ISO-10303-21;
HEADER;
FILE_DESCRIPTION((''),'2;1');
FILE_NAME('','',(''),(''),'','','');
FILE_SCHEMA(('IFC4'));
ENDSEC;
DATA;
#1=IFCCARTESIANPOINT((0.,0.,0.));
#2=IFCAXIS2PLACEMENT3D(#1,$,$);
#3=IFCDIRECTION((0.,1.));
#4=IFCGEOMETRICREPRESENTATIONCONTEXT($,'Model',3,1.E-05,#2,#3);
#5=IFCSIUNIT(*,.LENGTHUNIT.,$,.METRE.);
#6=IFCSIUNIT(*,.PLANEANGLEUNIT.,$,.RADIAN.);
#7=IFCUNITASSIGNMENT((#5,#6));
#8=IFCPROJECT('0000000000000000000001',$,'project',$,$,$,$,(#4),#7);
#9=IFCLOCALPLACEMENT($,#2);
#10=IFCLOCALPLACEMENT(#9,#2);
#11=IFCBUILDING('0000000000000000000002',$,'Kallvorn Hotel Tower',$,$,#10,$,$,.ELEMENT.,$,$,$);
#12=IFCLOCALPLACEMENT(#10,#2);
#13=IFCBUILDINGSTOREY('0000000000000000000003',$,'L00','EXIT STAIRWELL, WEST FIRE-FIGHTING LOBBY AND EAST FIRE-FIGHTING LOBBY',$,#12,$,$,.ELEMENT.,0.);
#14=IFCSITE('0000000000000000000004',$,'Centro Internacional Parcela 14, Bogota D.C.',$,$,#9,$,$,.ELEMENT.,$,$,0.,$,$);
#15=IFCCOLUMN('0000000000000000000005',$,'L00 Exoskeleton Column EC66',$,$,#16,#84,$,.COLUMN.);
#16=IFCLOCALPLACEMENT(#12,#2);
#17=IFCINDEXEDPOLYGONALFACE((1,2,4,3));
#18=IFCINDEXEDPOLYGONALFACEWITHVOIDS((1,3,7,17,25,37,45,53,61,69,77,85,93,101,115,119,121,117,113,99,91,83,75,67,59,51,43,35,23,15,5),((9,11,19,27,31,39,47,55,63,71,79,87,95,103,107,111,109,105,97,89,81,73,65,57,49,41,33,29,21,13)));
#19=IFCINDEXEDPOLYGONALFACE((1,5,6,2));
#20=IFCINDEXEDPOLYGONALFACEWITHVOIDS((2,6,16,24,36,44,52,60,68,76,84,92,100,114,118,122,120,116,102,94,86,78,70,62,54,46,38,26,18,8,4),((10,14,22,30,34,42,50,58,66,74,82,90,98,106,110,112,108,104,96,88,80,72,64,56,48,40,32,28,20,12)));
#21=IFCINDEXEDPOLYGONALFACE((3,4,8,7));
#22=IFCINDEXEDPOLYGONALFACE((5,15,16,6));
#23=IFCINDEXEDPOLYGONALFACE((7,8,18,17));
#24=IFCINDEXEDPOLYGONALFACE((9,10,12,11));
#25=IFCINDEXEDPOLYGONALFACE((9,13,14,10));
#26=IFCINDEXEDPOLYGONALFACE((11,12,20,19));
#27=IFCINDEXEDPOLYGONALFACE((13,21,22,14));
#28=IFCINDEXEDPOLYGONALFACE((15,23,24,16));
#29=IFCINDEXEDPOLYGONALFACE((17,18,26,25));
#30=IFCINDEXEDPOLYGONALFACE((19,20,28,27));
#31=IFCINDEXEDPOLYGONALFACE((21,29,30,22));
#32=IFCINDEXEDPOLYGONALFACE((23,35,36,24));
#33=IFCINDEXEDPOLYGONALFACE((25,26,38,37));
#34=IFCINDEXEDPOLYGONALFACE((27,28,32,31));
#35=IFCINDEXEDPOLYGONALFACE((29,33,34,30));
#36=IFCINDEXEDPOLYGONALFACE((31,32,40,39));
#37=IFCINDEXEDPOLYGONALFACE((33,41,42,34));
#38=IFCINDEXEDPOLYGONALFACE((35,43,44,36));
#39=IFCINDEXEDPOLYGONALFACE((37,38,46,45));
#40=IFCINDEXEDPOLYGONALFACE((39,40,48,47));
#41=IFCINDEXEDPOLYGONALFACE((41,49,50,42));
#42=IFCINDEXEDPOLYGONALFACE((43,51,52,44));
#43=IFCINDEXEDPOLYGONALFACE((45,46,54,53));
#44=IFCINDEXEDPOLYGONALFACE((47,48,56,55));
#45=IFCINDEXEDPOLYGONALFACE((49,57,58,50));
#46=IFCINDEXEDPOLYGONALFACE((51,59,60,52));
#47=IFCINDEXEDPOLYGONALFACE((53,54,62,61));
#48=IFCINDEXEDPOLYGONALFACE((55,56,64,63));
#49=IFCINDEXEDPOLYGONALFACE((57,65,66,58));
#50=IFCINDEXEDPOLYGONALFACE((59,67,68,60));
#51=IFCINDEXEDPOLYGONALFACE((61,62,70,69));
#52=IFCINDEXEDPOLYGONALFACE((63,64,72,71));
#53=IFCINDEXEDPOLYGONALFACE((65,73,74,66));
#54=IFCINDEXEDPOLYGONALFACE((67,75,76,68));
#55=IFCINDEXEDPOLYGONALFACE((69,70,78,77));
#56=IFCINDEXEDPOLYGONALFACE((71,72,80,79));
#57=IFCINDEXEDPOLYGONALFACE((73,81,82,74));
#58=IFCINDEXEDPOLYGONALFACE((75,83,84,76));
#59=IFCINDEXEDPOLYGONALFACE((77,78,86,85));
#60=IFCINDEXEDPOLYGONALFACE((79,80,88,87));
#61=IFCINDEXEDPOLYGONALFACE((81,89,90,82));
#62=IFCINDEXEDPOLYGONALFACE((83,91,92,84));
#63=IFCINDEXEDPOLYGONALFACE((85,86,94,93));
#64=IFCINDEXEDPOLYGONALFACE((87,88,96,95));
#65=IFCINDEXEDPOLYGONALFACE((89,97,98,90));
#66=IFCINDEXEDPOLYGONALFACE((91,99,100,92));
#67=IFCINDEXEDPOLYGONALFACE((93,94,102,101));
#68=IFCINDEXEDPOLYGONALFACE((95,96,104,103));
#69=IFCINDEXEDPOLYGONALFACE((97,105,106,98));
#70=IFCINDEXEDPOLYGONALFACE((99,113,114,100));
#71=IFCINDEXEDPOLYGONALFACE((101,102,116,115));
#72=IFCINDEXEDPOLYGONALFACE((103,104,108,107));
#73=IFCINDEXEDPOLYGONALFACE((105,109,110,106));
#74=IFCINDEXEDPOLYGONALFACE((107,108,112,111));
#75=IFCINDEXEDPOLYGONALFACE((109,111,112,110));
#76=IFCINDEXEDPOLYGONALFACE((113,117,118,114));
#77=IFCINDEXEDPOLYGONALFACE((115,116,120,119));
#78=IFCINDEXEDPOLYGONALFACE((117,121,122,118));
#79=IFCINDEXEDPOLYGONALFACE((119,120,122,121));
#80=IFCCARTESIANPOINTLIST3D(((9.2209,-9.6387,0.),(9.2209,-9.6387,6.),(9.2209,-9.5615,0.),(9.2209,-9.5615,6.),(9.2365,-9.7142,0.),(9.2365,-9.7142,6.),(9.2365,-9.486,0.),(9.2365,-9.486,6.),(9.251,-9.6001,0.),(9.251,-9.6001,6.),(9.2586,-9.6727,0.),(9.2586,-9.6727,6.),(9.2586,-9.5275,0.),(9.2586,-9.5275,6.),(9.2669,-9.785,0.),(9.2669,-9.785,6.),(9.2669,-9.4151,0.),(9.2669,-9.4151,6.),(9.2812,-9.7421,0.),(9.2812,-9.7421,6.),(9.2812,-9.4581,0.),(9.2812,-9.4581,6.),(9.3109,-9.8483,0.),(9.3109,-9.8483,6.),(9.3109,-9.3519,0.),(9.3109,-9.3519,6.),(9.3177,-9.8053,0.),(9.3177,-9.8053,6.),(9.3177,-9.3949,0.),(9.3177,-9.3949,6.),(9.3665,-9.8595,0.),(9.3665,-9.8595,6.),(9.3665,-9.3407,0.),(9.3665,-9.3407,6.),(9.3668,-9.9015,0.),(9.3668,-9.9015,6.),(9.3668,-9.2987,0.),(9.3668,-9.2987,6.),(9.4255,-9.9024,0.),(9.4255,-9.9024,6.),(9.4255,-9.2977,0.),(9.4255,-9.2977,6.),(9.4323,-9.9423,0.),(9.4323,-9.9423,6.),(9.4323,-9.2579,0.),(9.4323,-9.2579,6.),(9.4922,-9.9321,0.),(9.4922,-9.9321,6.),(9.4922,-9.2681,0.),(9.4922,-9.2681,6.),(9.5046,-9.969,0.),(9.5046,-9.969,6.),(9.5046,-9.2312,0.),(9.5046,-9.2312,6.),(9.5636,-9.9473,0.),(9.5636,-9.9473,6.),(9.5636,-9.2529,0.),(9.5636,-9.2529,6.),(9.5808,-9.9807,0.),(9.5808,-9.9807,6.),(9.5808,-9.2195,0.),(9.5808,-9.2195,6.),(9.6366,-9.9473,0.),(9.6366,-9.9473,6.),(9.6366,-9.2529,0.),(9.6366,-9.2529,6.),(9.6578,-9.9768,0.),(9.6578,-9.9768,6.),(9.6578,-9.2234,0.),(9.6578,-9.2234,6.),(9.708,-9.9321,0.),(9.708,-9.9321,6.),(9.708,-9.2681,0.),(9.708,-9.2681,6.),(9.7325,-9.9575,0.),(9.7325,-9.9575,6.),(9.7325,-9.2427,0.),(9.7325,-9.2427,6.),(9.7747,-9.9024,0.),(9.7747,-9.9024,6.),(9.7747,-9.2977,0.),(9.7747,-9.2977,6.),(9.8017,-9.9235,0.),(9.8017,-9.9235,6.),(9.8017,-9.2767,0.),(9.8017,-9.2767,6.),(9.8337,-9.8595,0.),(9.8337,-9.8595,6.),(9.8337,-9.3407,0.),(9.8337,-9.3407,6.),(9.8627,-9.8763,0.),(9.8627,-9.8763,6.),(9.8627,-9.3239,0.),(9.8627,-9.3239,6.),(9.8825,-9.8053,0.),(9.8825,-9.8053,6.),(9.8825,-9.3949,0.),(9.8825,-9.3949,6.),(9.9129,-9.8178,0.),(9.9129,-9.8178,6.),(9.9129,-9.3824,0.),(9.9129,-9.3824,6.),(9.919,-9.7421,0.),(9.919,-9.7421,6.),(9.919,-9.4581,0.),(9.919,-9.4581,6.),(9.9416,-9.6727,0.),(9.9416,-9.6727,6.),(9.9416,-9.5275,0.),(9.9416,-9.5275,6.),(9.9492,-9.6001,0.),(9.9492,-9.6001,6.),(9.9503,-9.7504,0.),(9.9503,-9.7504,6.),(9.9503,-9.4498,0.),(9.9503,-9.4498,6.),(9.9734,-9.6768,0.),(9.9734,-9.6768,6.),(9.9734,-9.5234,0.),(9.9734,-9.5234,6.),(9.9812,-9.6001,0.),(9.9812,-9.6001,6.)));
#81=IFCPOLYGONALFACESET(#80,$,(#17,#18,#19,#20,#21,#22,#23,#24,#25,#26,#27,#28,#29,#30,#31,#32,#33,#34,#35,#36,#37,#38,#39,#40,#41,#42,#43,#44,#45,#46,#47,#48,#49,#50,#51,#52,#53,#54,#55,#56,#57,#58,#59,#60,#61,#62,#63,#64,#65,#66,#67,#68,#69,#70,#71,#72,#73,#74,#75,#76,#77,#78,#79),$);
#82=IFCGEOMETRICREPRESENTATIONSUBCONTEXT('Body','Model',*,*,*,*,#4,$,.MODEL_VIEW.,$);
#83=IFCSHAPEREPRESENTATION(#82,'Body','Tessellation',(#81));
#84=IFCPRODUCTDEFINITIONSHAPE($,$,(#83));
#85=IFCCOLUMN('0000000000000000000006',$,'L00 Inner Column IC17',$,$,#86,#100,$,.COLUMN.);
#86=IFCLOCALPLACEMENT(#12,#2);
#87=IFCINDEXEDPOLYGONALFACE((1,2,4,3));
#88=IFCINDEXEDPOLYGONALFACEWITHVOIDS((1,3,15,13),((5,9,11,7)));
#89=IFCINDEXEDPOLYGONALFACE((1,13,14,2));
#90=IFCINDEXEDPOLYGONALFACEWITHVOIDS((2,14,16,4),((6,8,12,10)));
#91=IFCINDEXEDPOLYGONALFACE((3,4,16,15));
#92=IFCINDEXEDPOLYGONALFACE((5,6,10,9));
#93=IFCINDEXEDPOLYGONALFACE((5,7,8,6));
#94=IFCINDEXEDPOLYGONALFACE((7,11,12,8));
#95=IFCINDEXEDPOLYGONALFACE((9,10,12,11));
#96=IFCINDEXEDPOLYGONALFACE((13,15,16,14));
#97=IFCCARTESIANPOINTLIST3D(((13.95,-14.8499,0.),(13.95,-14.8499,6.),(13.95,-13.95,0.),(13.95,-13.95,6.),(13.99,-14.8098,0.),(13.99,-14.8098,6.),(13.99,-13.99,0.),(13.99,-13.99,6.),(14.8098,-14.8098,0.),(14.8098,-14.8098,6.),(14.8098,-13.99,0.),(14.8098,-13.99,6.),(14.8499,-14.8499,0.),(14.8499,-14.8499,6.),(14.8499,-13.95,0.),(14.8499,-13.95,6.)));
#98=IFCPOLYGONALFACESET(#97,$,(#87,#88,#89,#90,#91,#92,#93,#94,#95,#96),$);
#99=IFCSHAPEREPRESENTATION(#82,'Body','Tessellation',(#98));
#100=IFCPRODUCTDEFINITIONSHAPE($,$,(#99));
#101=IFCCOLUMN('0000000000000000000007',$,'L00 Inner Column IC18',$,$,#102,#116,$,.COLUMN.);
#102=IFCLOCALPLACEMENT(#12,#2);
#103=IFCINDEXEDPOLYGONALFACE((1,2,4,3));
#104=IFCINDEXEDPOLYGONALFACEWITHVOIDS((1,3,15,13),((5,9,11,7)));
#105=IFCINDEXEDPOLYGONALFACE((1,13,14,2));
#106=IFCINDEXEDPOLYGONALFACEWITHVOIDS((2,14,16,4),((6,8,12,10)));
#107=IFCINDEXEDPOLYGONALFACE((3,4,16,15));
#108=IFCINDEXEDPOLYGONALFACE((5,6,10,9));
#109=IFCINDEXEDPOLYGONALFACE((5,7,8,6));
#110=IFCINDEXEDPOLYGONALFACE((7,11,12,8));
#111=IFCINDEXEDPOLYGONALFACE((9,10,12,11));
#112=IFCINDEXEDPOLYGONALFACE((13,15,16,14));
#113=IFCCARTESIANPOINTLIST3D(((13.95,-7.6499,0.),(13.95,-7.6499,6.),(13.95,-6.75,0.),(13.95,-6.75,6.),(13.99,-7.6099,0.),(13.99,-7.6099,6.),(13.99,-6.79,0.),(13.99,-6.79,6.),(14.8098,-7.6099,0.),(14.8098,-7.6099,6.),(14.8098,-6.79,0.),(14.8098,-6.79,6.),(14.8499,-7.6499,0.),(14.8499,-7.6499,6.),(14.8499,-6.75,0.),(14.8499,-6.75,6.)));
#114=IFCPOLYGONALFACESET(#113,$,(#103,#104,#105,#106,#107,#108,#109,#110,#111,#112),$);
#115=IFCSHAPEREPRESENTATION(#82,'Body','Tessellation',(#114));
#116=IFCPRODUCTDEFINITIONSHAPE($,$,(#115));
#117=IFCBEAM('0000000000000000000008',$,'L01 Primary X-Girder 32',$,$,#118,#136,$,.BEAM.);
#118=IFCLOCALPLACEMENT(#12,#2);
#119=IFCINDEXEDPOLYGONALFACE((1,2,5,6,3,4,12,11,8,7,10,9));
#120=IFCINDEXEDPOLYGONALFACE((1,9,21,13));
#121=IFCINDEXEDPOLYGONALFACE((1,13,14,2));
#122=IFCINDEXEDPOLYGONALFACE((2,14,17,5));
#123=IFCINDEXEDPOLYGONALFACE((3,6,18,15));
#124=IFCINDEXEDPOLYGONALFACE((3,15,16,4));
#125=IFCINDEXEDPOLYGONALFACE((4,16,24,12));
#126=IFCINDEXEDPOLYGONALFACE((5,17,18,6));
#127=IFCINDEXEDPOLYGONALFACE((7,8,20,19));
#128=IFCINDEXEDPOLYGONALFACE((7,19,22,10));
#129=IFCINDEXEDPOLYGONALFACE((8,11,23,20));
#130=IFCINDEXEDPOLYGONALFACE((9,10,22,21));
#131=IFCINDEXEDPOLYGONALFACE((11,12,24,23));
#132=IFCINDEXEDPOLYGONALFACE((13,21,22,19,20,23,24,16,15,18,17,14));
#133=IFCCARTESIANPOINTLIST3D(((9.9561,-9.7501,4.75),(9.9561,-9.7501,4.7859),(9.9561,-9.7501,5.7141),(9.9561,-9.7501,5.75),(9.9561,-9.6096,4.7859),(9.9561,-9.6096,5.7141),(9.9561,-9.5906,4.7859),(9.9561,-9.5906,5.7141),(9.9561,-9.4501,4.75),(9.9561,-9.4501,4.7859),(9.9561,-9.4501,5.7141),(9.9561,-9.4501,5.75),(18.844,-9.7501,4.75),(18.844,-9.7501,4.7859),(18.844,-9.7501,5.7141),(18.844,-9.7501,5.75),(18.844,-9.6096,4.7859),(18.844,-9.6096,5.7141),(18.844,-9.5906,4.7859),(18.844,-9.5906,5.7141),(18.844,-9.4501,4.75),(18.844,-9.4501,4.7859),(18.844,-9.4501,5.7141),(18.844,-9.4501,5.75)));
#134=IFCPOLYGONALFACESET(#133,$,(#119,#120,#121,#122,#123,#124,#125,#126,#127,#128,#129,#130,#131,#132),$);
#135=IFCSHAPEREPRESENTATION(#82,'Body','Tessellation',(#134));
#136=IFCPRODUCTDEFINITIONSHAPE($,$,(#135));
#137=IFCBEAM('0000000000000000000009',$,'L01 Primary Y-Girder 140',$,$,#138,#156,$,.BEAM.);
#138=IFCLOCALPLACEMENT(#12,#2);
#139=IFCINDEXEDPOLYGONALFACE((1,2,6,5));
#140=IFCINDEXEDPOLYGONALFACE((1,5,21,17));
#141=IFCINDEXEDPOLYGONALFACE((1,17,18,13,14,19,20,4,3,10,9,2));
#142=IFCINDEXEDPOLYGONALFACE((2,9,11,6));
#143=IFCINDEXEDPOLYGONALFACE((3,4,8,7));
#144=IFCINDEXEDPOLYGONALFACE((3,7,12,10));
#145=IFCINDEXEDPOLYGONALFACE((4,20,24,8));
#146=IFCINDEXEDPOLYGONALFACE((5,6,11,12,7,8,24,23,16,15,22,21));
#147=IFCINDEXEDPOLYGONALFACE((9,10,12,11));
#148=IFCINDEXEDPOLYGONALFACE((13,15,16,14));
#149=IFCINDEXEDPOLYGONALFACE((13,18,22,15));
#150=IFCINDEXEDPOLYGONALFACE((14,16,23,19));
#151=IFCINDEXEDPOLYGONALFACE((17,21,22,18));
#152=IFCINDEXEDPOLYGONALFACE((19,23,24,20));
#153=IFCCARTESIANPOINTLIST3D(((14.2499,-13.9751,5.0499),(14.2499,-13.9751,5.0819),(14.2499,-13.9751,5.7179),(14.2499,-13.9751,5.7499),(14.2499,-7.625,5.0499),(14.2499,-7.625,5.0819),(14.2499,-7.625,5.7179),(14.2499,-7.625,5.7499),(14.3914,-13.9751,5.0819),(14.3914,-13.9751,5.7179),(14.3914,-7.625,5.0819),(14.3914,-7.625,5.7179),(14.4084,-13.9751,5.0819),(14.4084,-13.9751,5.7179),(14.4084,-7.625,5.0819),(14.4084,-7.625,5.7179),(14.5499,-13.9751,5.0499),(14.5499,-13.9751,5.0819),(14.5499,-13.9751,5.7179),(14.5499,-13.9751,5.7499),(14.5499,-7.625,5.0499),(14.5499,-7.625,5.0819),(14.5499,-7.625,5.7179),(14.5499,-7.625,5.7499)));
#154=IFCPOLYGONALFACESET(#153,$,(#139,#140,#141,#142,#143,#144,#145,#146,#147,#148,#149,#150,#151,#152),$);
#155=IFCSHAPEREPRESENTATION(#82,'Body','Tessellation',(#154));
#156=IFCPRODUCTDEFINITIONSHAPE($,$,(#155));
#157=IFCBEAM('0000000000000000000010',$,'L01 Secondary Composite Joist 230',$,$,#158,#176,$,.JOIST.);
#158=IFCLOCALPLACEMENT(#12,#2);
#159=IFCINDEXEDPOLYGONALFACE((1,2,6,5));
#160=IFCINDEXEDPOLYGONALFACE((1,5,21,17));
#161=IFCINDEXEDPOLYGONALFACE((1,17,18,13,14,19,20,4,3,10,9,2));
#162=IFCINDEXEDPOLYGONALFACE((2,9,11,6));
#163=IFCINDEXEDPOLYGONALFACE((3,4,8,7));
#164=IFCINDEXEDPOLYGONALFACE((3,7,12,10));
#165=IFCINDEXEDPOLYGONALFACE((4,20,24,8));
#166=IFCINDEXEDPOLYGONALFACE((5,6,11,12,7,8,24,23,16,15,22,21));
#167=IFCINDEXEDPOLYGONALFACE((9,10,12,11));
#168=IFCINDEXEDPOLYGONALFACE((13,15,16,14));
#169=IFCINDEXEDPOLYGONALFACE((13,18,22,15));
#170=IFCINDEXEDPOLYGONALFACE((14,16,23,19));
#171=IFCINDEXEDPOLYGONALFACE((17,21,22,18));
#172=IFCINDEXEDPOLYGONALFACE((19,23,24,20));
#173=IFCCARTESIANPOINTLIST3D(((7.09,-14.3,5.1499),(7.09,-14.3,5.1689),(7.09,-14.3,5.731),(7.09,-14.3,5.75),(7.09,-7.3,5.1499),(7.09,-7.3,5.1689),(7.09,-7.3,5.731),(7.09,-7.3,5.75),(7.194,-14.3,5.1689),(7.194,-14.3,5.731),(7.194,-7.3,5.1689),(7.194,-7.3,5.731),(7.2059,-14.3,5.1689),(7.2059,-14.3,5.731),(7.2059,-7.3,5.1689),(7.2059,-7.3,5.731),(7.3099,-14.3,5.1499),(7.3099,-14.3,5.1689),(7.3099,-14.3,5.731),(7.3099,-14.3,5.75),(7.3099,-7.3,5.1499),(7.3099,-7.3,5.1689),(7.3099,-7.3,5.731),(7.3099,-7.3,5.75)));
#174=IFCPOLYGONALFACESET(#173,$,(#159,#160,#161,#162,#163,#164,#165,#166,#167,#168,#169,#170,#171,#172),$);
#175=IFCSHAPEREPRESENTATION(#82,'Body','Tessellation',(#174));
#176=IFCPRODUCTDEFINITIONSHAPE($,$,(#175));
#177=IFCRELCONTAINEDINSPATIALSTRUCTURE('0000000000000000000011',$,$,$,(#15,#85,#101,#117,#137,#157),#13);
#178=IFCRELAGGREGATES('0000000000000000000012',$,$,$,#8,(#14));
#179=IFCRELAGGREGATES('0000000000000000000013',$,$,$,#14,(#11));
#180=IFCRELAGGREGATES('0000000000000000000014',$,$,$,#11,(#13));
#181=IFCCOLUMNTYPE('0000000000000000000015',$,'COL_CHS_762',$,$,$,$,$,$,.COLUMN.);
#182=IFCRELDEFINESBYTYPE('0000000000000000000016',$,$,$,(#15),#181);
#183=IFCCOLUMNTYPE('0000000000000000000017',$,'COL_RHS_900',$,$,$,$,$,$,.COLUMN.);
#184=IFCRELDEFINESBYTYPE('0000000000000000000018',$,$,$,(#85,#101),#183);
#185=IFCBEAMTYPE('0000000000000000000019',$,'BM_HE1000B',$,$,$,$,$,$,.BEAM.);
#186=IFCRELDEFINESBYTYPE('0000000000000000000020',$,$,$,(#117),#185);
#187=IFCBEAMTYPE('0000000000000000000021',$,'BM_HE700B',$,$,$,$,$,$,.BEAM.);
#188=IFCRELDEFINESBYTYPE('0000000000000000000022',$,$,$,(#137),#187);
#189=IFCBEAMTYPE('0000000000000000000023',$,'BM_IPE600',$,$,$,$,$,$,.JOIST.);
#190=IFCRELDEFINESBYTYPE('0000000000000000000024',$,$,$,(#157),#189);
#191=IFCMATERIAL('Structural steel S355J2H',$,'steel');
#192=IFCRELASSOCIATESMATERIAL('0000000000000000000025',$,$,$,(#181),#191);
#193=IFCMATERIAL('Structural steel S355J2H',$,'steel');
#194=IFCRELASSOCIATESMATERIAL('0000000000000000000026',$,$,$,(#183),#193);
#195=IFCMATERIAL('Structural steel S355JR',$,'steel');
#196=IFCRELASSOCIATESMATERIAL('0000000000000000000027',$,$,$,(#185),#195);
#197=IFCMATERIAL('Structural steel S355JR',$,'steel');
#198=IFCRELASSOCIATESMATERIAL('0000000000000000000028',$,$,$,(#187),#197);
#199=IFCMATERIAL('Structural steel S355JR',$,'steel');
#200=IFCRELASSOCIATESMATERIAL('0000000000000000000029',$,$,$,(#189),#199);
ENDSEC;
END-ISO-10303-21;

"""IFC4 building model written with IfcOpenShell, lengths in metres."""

from ifc_helpers import new_model, si_unit, direction, frame, origin, origin_2d, place, context, subcontext, project, spatial, hollow_rectangle, hollow_circle, i_section, extrude, material, material_profile, profile_set, type_object, element, save


model = new_model("IFC4")

# Units and contexts
model_context = context("Model", 3, precision=1e-05, world=origin(), true_north=direction((0.0, 1.0)))
body_context = subcontext(model_context, "Body", "Model", "MODEL_VIEW")
ifc_project = project(units=[si_unit("LENGTHUNIT", "METRE"), si_unit("PLANEANGLEUNIT", "RADIAN")], contexts=[model_context])

# Site, building, storey
site_placement = place(None, origin())
site = spatial("IfcSite", under=ifc_project, at=site_placement, Name="Centro Internacional Parcela 14, Bogota D.C.", CompositionType="ELEMENT", RefElevation=0.0)
building_placement = place(site_placement, origin())
building = spatial("IfcBuilding", under=site, at=building_placement, Name="Kallvorn Hotel Tower", CompositionType="ELEMENT")
storey_placement = place(building_placement, origin())
storey = spatial("IfcBuildingStorey", under=building, at=storey_placement, Name="L00", Description="EXIT STAIRWELL, WEST FIRE-FIGHTING LOBBY AND EAST FIRE-FIGHTING LOBBY", CompositionType="ELEMENT", Elevation=0.0)

# Columns
ifc_material_1 = material(Name="Structural steel S355J2H", Category="steel")
ifc_material_profile_1 = material_profile(ifc_material_1, hollow_circle(Radius=0.3811, WallThickness=0.032, at=origin_2d()), Name="CHS 762x32")
ifc_profile_set_1 = profile_set([ifc_material_profile_1], Name="Structural steel S355J2H")
column_type_1 = type_object("IfcColumnType", Name="COL_CHS_762", PredefinedType="COLUMN", material=ifc_profile_set_1)
column_placement = place(storey_placement, frame((9.6001, -9.6001, 0.0), z_axis=(0.0, 0.0, 1.0), x_axis=(1.0, 0.0, 0.0)))
element("IfcColumn", 1, at=column_placement, inside=storey, type_object=column_type_1, Name="L00 Exoskeleton Column EC66", PredefinedType="COLUMN", context=body_context, shape_type="SweptSolid", body=[
    extrude(hollow_circle(Radius=0.3811, WallThickness=0.032, at=origin_2d()), origin(), (0.0, 0.0, 1.0), 6.0),
])
ifc_material_2 = material(Name="Structural steel S355J2H", Category="steel")
ifc_material_profile_2 = material_profile(ifc_material_2, hollow_rectangle(XDim=0.8999, YDim=0.8999, WallThickness=0.04, at=origin_2d()), Name="RHS 900x900x40")
ifc_profile_set_2 = profile_set([ifc_material_profile_2], Name="Structural steel S355J2H")
column_type_2 = type_object("IfcColumnType", Name="COL_RHS_900", PredefinedType="COLUMN", material=ifc_profile_set_2)
for number, where, z_axis, x_axis, name in (
    (2, (14.3999, -14.3999, 0.0), (0.0, 0.0, 1.0), (1.0, 0.0, 0.0), "L00 Inner Column IC17"),
    (3, (14.3999, -7.2, 0.0), (0.0, 0.0, 1.0), (1.0, 0.0, 0.0), "L00 Inner Column IC18"),
):
    element("IfcColumn", number, at=place(storey_placement, frame(where, z_axis=z_axis, x_axis=x_axis)), inside=storey, type_object=column_type_2, Name=name, PredefinedType="COLUMN", context=body_context, shape_type="SweptSolid", body=[
        extrude(hollow_rectangle(XDim=0.8999, YDim=0.8999, WallThickness=0.04, at=origin_2d()), origin(), (0.0, 0.0, 1.0), 6.0),
    ])

# Beams
ifc_material_3 = material(Name="Structural steel S355JR", Category="steel")
ifc_material_profile_3 = material_profile(ifc_material_3, i_section(OverallWidth=0.3, OverallDepth=1.0, WebThickness=0.019, FlangeThickness=0.0359, at=origin_2d()), Name="HE 1000 B")
ifc_profile_set_3 = profile_set([ifc_material_profile_3], Name="Structural steel S355JR")
beam_type_1 = type_object("IfcBeamType", Name="BM_HE1000B", PredefinedType="BEAM", material=ifc_profile_set_3)
beam_1_placement = place(storey_placement, frame((9.9561, -9.6001, 5.25), z_axis=(1.0, 0.0, 0.0), x_axis=(0.0, 1.0, 0.0)))
element("IfcBeam", 4, at=beam_1_placement, inside=storey, type_object=beam_type_1, Name="L01 Primary X-Girder 32", PredefinedType="BEAM", context=body_context, shape_type="SweptSolid", body=[
    extrude(i_section(OverallWidth=0.3, OverallDepth=1.0, WebThickness=0.019, FlangeThickness=0.0359, at=origin_2d()), origin(), (0.0, 0.0, 1.0), 8.8879),
])
ifc_material_4 = material(Name="Structural steel S355JR", Category="steel")
ifc_material_profile_4 = material_profile(ifc_material_4, i_section(OverallWidth=0.3, OverallDepth=0.7, WebThickness=0.0171, FlangeThickness=0.032, at=origin_2d()), Name="HE 700 B")
ifc_profile_set_4 = profile_set([ifc_material_profile_4], Name="Structural steel S355JR")
beam_type_2 = type_object("IfcBeamType", Name="BM_HE700B", PredefinedType="BEAM", material=ifc_profile_set_4)
beam_2_placement = place(storey_placement, frame((14.3999, -13.9751, 5.3999), z_axis=(0.0, 1.0, 0.0), x_axis=(-1.0, 0.0, 0.0)))
element("IfcBeam", 5, at=beam_2_placement, inside=storey, type_object=beam_type_2, Name="L01 Primary Y-Girder 140", PredefinedType="BEAM", context=body_context, shape_type="SweptSolid", body=[
    extrude(i_section(OverallWidth=0.3, OverallDepth=0.7, WebThickness=0.0171, FlangeThickness=0.032, at=origin_2d()), origin(), (0.0, 0.0, 1.0), 6.3501),
])
ifc_material_5 = material(Name="Structural steel S355JR", Category="steel")
ifc_material_profile_5 = material_profile(ifc_material_5, i_section(OverallWidth=0.22, OverallDepth=0.6001, WebThickness=0.012, FlangeThickness=0.019, at=origin_2d()), Name="IPE 600")
ifc_profile_set_5 = profile_set([ifc_material_profile_5], Name="Structural steel S355JR")
beam_type_3 = type_object("IfcBeamType", Name="BM_IPE600", PredefinedType="JOIST", material=ifc_profile_set_5)
for number, where, z_axis, x_axis, name in (
    (6, (7.2, -14.3, 5.45), (0.0, 1.0, 0.0), (-1.0, 0.0, 0.0), "L01 Secondary Composite Joist 230"),
):
    element("IfcBeam", number, at=place(storey_placement, frame(where, z_axis=z_axis, x_axis=x_axis)), inside=storey, type_object=beam_type_3, Name=name, PredefinedType="JOIST", context=body_context, shape_type="SweptSolid", body=[
        extrude(i_section(OverallWidth=0.22, OverallDepth=0.6001, WebThickness=0.012, FlangeThickness=0.019, at=origin_2d()), origin(), (0.0, 0.0, 1.0), 7.0),
    ])

save(model, "model.ifc")
